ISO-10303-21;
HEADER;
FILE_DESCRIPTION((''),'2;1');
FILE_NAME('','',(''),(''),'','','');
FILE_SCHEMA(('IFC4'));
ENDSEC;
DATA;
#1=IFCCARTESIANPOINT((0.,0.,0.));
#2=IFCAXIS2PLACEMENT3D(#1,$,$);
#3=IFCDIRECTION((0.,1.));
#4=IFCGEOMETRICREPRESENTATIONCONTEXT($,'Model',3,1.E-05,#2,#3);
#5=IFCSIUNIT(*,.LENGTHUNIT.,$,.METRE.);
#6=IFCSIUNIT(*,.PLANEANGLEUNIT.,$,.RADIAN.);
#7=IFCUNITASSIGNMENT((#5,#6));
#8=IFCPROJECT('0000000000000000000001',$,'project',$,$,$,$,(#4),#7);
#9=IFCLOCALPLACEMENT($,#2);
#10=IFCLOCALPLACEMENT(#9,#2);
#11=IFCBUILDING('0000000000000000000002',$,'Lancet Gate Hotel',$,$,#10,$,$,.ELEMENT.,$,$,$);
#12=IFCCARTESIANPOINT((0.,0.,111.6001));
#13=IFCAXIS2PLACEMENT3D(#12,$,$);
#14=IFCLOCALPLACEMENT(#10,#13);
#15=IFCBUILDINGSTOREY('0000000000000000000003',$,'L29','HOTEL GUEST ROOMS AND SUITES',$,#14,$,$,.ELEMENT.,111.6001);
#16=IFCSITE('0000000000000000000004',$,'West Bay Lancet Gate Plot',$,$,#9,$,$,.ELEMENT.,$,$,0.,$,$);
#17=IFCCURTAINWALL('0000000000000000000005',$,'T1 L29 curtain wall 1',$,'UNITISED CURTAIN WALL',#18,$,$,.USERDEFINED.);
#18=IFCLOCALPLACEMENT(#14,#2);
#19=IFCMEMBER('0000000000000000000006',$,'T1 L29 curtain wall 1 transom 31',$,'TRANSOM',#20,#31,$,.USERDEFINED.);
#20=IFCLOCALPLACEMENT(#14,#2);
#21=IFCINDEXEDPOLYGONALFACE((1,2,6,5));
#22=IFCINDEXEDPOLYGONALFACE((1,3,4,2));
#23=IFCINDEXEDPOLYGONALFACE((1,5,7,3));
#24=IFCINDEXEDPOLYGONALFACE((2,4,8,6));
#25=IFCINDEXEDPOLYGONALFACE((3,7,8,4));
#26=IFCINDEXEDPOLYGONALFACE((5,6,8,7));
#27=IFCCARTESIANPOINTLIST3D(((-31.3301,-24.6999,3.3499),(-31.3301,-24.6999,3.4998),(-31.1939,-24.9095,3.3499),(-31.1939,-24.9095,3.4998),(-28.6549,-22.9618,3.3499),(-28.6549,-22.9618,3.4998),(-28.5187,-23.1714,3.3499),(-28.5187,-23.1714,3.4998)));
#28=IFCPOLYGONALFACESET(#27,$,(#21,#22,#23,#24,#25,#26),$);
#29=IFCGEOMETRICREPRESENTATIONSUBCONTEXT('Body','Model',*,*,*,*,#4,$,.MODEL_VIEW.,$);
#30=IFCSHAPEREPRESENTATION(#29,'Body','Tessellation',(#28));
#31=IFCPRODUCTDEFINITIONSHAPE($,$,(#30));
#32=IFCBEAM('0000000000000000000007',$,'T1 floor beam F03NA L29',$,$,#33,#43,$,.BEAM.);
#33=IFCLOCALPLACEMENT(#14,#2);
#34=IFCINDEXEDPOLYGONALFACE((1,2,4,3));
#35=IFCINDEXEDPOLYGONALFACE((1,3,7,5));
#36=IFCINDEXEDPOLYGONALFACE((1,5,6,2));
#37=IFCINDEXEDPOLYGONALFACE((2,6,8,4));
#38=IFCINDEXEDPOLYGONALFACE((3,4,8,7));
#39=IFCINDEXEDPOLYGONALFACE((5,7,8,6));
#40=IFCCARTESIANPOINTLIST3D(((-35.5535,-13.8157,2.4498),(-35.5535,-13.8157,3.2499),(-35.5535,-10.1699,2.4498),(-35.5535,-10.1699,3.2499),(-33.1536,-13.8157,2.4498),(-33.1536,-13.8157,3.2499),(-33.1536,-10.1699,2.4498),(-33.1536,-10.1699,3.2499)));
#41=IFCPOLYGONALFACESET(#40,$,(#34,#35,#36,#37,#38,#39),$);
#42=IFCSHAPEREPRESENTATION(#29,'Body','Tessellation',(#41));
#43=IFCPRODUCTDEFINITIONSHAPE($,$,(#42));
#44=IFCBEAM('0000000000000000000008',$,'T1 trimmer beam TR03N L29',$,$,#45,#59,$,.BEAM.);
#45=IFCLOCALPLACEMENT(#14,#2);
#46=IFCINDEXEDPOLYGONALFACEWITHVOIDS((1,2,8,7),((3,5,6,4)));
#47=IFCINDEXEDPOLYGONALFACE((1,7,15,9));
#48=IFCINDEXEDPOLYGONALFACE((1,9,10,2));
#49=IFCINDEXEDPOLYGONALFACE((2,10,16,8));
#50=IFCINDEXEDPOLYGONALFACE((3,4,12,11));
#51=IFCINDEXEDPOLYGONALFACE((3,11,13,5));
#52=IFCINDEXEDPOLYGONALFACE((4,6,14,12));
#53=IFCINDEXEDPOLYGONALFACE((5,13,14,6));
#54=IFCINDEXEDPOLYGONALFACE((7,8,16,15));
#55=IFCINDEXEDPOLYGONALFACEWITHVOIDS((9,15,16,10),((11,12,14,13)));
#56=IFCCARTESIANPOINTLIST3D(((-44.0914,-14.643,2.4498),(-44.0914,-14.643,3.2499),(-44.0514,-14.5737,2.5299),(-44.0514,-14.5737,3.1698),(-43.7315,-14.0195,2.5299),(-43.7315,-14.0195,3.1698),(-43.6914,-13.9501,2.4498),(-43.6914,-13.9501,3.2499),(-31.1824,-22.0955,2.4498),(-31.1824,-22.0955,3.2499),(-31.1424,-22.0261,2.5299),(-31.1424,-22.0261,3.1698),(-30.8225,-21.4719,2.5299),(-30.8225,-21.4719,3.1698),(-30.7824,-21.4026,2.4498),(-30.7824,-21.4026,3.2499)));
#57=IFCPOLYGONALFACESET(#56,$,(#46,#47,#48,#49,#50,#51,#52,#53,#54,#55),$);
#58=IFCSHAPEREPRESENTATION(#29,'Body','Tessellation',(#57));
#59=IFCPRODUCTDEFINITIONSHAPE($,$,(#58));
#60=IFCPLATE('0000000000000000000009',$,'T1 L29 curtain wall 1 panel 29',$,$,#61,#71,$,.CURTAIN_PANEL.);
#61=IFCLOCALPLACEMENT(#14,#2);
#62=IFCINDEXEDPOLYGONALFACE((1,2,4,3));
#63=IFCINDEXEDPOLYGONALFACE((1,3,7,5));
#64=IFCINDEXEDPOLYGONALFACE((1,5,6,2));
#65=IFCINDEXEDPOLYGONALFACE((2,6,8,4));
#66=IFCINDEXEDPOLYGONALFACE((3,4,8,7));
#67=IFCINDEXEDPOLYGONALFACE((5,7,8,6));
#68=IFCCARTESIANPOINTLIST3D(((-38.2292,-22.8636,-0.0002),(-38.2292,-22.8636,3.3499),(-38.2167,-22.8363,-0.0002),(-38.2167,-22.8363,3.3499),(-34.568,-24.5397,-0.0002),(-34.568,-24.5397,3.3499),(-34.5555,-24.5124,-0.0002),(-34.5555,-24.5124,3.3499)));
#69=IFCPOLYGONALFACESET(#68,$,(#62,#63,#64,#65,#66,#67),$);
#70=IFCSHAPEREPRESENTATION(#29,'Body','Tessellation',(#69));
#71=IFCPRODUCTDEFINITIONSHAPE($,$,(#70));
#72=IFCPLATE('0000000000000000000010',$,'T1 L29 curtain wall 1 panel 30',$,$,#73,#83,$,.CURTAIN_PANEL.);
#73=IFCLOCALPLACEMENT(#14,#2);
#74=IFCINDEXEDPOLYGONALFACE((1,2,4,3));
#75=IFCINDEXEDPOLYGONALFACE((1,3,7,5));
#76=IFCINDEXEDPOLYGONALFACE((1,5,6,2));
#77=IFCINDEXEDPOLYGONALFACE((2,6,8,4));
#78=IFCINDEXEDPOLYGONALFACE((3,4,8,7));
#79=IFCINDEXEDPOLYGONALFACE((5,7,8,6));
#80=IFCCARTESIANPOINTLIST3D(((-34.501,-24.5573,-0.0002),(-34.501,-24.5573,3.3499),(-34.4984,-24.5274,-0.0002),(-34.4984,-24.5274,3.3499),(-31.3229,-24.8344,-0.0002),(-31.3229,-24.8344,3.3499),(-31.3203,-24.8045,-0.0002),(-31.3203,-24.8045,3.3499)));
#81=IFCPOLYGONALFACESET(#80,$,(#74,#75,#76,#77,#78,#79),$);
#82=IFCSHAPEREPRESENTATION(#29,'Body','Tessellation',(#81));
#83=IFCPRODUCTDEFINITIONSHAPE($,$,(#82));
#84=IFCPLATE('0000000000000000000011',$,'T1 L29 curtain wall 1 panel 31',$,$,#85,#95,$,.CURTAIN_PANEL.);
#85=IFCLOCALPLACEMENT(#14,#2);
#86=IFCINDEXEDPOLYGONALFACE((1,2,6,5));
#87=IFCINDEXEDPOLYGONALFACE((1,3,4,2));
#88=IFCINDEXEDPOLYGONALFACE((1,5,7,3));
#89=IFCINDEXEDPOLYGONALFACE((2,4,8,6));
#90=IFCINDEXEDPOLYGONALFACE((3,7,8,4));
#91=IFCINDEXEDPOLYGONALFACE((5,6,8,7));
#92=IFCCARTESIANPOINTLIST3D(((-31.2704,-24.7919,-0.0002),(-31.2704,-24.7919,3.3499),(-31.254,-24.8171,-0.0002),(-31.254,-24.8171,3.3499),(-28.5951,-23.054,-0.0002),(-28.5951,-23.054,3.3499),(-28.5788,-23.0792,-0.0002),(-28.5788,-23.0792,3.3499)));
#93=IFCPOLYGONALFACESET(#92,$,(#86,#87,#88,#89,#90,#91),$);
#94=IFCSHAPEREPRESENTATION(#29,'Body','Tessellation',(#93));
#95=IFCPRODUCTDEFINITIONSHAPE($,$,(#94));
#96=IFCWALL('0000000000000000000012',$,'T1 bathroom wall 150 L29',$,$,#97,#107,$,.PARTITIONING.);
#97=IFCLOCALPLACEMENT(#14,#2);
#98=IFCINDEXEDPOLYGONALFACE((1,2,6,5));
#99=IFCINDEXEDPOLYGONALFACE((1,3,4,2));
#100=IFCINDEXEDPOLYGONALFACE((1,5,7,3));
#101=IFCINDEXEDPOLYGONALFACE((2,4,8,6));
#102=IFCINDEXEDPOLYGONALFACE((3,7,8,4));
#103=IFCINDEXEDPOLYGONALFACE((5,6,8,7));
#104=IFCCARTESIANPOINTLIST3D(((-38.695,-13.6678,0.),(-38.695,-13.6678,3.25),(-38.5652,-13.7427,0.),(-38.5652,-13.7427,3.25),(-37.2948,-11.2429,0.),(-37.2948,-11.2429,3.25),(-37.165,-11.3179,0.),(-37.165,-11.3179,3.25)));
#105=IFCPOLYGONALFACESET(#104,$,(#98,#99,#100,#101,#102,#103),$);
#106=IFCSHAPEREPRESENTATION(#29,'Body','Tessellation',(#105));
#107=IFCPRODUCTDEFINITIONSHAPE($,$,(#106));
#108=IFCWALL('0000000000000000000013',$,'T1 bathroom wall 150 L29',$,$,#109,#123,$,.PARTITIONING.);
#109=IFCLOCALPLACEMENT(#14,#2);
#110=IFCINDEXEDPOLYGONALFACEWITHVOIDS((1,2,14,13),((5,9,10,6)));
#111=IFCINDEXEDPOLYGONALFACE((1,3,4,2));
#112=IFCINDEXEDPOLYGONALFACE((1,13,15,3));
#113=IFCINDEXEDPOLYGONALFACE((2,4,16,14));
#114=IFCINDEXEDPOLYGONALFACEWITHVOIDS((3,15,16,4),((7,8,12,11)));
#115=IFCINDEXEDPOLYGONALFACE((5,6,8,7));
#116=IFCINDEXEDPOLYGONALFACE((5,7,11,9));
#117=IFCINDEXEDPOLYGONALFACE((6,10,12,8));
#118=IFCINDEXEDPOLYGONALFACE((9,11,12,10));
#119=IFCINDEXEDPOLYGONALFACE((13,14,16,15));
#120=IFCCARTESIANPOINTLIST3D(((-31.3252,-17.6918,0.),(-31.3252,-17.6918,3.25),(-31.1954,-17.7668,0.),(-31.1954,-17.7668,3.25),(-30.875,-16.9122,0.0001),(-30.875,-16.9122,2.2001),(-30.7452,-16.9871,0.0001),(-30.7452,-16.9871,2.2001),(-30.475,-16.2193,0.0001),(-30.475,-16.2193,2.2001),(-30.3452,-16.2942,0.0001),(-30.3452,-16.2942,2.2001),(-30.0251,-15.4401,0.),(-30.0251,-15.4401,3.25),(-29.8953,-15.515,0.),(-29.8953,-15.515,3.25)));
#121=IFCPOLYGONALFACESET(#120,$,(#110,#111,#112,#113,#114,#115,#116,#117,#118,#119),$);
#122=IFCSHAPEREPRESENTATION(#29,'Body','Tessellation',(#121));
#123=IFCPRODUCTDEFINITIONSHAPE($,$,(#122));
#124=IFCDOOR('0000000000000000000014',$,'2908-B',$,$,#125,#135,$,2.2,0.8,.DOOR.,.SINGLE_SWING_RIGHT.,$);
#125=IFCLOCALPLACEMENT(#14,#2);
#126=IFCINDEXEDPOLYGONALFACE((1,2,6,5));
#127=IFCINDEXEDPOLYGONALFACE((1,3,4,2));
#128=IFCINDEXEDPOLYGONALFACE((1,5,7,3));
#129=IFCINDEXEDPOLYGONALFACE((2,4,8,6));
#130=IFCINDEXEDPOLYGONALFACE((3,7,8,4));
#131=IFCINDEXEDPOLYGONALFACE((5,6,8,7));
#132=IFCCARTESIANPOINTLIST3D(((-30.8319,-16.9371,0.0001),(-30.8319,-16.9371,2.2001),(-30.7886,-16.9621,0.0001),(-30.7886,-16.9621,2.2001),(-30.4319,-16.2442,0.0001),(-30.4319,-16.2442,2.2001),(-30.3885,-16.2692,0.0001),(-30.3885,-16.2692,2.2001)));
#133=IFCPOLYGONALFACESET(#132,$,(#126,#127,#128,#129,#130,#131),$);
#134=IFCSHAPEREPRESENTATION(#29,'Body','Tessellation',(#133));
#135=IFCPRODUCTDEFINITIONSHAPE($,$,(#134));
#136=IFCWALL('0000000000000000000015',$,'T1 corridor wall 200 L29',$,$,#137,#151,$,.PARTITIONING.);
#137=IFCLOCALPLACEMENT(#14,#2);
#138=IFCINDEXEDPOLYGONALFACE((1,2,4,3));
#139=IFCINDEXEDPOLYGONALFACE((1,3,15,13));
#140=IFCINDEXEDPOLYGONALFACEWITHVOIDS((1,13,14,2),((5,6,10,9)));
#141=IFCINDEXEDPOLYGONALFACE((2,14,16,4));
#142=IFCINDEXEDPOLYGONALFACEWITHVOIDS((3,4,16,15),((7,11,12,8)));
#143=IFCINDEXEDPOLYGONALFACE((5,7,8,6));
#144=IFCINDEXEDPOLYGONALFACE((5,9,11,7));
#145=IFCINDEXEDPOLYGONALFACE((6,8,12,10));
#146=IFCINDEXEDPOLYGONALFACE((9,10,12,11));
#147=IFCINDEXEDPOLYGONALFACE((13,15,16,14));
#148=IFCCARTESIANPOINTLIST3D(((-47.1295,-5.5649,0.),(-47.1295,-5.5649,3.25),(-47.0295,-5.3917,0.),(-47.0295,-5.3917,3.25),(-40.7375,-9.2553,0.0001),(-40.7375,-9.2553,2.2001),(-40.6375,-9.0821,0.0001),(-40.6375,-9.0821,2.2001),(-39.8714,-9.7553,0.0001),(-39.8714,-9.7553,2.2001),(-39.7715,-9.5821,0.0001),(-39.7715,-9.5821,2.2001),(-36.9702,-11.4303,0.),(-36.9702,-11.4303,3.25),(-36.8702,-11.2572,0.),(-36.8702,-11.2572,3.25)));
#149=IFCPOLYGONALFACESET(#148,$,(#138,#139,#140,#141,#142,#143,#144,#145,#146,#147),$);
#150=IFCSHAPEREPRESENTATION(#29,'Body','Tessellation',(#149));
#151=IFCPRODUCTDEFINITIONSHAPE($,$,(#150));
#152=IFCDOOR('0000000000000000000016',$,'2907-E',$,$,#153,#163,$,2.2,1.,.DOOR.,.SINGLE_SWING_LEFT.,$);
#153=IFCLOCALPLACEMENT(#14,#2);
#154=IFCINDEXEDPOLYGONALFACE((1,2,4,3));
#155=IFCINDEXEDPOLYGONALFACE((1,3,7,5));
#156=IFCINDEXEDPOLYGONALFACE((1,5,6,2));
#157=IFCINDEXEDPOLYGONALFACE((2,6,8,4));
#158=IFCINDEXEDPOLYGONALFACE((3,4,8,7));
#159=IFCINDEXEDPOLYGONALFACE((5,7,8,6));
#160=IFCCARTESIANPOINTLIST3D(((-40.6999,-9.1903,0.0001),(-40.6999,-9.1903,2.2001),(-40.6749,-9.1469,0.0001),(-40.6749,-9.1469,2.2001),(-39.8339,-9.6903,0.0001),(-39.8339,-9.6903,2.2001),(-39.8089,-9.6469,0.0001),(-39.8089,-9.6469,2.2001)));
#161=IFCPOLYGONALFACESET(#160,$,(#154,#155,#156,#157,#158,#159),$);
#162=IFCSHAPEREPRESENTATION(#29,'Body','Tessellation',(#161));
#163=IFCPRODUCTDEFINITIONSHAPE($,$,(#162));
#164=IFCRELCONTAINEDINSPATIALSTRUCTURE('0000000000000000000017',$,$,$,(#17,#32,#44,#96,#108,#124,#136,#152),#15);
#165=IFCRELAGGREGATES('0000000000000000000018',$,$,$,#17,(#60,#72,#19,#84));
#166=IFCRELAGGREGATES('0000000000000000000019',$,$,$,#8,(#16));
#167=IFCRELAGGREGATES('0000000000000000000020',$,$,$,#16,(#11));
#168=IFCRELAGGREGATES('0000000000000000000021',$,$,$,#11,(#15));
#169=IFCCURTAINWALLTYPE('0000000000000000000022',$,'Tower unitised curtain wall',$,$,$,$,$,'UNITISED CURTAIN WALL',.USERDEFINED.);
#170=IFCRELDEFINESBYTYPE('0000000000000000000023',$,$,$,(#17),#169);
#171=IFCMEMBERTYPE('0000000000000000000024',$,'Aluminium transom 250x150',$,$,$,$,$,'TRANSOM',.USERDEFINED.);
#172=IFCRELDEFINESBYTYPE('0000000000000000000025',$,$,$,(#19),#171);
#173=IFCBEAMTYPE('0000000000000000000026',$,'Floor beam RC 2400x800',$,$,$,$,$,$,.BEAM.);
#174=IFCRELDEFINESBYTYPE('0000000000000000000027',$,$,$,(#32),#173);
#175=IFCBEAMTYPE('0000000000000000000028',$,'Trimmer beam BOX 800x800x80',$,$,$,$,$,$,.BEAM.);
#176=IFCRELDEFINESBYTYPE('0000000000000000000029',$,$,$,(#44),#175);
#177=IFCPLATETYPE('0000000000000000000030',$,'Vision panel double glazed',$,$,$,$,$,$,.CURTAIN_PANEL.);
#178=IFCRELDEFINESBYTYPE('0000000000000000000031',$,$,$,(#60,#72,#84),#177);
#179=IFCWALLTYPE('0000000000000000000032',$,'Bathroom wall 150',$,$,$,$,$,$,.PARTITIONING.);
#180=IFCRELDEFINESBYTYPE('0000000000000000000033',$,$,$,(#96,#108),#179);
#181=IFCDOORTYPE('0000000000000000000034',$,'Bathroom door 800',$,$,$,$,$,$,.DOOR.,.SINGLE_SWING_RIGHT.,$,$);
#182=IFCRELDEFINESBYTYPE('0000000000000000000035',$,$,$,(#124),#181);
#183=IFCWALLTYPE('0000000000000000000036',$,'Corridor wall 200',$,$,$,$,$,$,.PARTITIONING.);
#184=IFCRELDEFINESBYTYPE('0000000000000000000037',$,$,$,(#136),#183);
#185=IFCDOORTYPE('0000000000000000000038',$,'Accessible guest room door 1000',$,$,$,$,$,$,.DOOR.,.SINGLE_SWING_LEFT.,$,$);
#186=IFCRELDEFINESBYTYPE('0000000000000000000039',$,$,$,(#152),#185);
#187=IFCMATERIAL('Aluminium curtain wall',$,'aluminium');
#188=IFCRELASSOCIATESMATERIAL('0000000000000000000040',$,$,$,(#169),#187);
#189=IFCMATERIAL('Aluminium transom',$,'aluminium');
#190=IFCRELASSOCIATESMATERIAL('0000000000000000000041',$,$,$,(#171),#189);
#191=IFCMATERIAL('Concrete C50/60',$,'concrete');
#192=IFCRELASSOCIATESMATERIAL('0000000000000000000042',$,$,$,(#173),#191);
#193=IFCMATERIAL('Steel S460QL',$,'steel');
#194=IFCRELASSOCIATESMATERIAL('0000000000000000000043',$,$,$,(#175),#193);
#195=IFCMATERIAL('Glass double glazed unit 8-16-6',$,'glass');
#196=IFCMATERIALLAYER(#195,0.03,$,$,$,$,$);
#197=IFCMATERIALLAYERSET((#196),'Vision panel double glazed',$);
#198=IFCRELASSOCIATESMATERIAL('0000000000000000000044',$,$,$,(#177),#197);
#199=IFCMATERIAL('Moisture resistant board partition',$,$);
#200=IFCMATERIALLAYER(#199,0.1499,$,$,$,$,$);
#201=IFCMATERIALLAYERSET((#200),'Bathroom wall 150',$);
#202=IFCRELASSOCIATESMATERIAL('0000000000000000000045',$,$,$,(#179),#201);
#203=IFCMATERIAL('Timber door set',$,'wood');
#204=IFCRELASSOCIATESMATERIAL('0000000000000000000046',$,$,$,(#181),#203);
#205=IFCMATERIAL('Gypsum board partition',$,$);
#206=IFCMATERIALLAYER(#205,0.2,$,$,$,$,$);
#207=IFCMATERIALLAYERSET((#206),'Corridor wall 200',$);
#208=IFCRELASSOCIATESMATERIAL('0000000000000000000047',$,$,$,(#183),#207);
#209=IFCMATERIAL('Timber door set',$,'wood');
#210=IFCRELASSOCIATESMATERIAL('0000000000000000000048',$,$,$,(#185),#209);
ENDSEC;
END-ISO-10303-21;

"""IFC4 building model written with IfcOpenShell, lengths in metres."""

from ifc_helpers import new_model, si_unit, direction, frame, frame_2d, origin, origin_2d, place, context, subcontext, project, spatial, rectangle, hollow_rectangle, extrude, material, layer, layer_set, material_profile, profile_set, type_object, element, fill, aggregate, save


model = new_model("IFC4")

# Units and contexts
model_context = context("Model", 3, precision=1e-05, world=origin(), true_north=direction((0.0, 1.0)))
body_context = subcontext(model_context, "Body", "Model", "MODEL_VIEW")
ifc_project = project(units=[si_unit("LENGTHUNIT", "METRE"), si_unit("PLANEANGLEUNIT", "RADIAN")], contexts=[model_context])

# Site, building, storey
site_placement = place(None, origin())
site = spatial("IfcSite", under=ifc_project, at=site_placement, Name="West Bay Lancet Gate Plot", CompositionType="ELEMENT", RefElevation=0.0)
building_placement = place(site_placement, origin())
building = spatial("IfcBuilding", under=site, at=building_placement, Name="Lancet Gate Hotel", CompositionType="ELEMENT")
storey_placement = place(building_placement, frame((0.0, 0.0, 111.6001)))
storey = spatial("IfcBuildingStorey", under=building, at=storey_placement, Name="L29", Description="HOTEL GUEST ROOMS AND SUITES", CompositionType="ELEMENT", Elevation=111.6001)

# Curtain wall, member
ifc_material_1 = material(Name="Aluminium curtain wall", Category="aluminium")
curtain_wall_type = type_object("IfcCurtainWallType", Name="Tower unitised curtain wall", ElementType="UNITISED CURTAIN WALL", PredefinedType="USERDEFINED", material=ifc_material_1)
curtain_wall_placement = place(storey_placement, origin())
curtain_wall = element("IfcCurtainWall", 1, at=curtain_wall_placement, inside=storey, type_object=curtain_wall_type, Name="T1 L29 curtain wall 1", ObjectType="UNITISED CURTAIN WALL", PredefinedType="USERDEFINED")
ifc_material_2 = material(Name="Aluminium transom", Category="aluminium")
ifc_material_profile_1 = material_profile(ifc_material_2, rectangle(XDim=0.25, YDim=0.1499, at=origin_2d()), Name="TRANSOM 250x150")
ifc_profile_set_1 = profile_set([ifc_material_profile_1], Name="Aluminium transom")
member_type_1 = type_object("IfcMemberType", Name="Aluminium transom 250x150", ElementType="TRANSOM", PredefinedType="USERDEFINED", material=ifc_profile_set_1)
member_1_placement = place(storey_placement, frame((-31.262, -24.8047, 3.4248), z_axis=(0.83855, 0.544824, 0.0), x_axis=(-0.544824, 0.83855, 0.0)))
member_1 = element("IfcMember", 2, at=member_1_placement, type_object=member_type_1, Name="T1 L29 curtain wall 1 transom 31", ObjectType="TRANSOM", PredefinedType="USERDEFINED", context=body_context, shape_type="SweptSolid", body=[
    extrude(rectangle(XDim=0.25, YDim=0.1499, at=origin_2d()), origin(), (0.0, 0.0, 1.0), 3.1902),
])

# Beams
ifc_material_3 = material(Name="Concrete C50/60", Category="concrete")
ifc_material_profile_2 = material_profile(ifc_material_3, rectangle(XDim=2.3999, YDim=0.8, at=origin_2d()), Name="RC 2400x800")
ifc_profile_set_2 = profile_set([ifc_material_profile_2], Name="Concrete C50/60")
beam_type_1 = type_object("IfcBeamType", Name="Floor beam RC 2400x800", PredefinedType="BEAM", material=ifc_profile_set_2)
beam_1_placement = place(storey_placement, frame((-34.3535, -10.1699, 2.8499), z_axis=(0.0, -1.0, 0.0), x_axis=(1.0, 0.0, 0.0)))
element("IfcBeam", 3, at=beam_1_placement, inside=storey, type_object=beam_type_1, Name="T1 floor beam F03NA L29", PredefinedType="BEAM", context=body_context, shape_type="SweptSolid", body=[
    extrude(rectangle(XDim=2.3999, YDim=0.8, at=origin_2d()), origin(), (0.0, 0.0, 1.0), 3.6458),
])
ifc_material_4 = material(Name="Steel S460QL", Category="steel")
ifc_material_profile_3 = material_profile(ifc_material_4, hollow_rectangle(XDim=0.8, YDim=0.8, WallThickness=0.0801, at=origin_2d()), Name="BOX 800x800x80")
ifc_profile_set_3 = profile_set([ifc_material_profile_3], Name="Steel S460QL")
beam_type_2 = type_object("IfcBeamType", Name="Trimmer beam BOX 800x800x80", PredefinedType="BEAM", material=ifc_profile_set_3)
beam_2_placement = place(storey_placement, frame((-30.9824, -21.749, 2.8499), z_axis=(-0.866042, 0.499971, 0.0), x_axis=(-0.499971, -0.866042, 0.0)))
element("IfcBeam", 4, at=beam_2_placement, inside=storey, type_object=beam_type_2, Name="T1 trimmer beam TR03N L29", PredefinedType="BEAM", context=body_context, shape_type="SweptSolid", body=[
    extrude(hollow_rectangle(XDim=0.8, YDim=0.8, WallThickness=0.0801, at=origin_2d()), origin(), (0.0, 0.0, 1.0), 14.9058),
])

# Plates
ifc_material_5 = material(Name="Glass double glazed unit 8-16-6", Category="glass")
ifc_layer_1 = layer(ifc_material_5, 0.03)
ifc_layer_set_1 = layer_set([ifc_layer_1], Name="Vision panel double glazed")
plate_type = type_object("IfcPlateType", Name="Vision panel double glazed", PredefinedType="CURTAIN_PANEL", material=ifc_layer_set_1)
plate_1_placement = place(storey_placement, frame((-36.3923, -23.688, -0.0002), z_axis=(0.0, 0.0, 1.0), x_axis=(0.909253, -0.416245, 0.0)))
plate_1 = element("IfcPlate", 5, at=plate_1_placement, type_object=plate_type, Name="T1 L29 curtain wall 1 panel 29", PredefinedType="CURTAIN_PANEL", context=body_context, shape_type="SweptSolid", body=[
    extrude(rectangle(XDim=4.0266, YDim=0.03, at=origin_2d()), origin(), (0.0, 0.0, 1.0), 3.3501),
])
plate_2_placement = place(storey_placement, frame((-32.9106, -24.6809, -0.0002), z_axis=(0.0, 0.0, 1.0), x_axis=(0.996219, -0.08688, 0.0)))
plate_2 = element("IfcPlate", 6, at=plate_2_placement, type_object=plate_type, Name="T1 L29 curtain wall 1 panel 30", PredefinedType="CURTAIN_PANEL", context=body_context, shape_type="SweptSolid", body=[
    extrude(rectangle(XDim=3.1902, YDim=0.03, at=origin_2d()), origin(), (0.0, 0.0, 1.0), 3.3501),
])
plate_3_placement = place(storey_placement, frame((-29.9246, -23.9355, -0.0002), z_axis=(0.0, 0.0, 1.0), x_axis=(0.83858, 0.544778, 0.0)))
plate_3 = element("IfcPlate", 7, at=plate_3_placement, type_object=plate_type, Name="T1 L29 curtain wall 1 panel 31", PredefinedType="CURTAIN_PANEL", context=body_context, shape_type="SweptSolid", body=[
    extrude(rectangle(XDim=3.1902, YDim=0.03, at=origin_2d()), origin(), (0.0, 0.0, 1.0), 3.3501),
])
aggregate(curtain_wall, [plate_1, plate_2, member_1, plate_3])

# Wall
ifc_material_6 = material(Name="Moisture resistant board partition")
ifc_layer_2 = layer(ifc_material_6, 0.1499)
ifc_layer_set_2 = layer_set([ifc_layer_2], Name="Bathroom wall 150")
wall_type_1 = type_object("IfcWallType", Name="Bathroom wall 150", PredefinedType="PARTITIONING", material=ifc_layer_set_2)
wall_1_placement = place(storey_placement, frame((-37.23, -11.2805, 0.0), z_axis=(0.0, 0.0, 1.0), x_axis=(-0.50005, -0.865997, 0.0)))
element("IfcWall", 8, at=wall_1_placement, inside=storey, type_object=wall_type_1, Name="T1 bathroom wall 150 L29", PredefinedType="PARTITIONING", context=body_context, shape_type="SweptSolid", body=[
    extrude(rectangle(XDim=2.8, YDim=0.1499, at=frame_2d((1.3999, 0.0))), origin(), (0.0, 0.0, 1.0), 3.25),
])

# Walls, openings, doors
wall_2_placement = place(storey_placement, frame((-29.9602, -15.4775, 0.0), z_axis=(0.0, 0.0, 1.0), x_axis=(-0.500007, -0.866021, 0.0)))
wall_2 = element("IfcWall", 9, at=wall_2_placement, inside=storey, type_object=wall_type_1, Name="T1 bathroom wall 150 L29", PredefinedType="PARTITIONING", context=body_context, shape_type="SweptSolid", body=[
    extrude(rectangle(XDim=2.6001, YDim=0.1499, at=frame_2d((1.3, 0.0))), origin(), (0.0, 0.0, 1.0), 3.25),
])
opening_1_placement = place(wall_2_placement, frame((0.8999, 0.0, 0.0)))
opening_1 = element("IfcOpeningElement", 10, at=opening_1_placement, cuts=wall_2, PredefinedType="OPENING", context=body_context, shape_type="SweptSolid", body=[
    extrude(rectangle(XDim=0.8, YDim=2.2, at=frame_2d((0.3999, 1.1001))), frame((0.0, 0.085, 0.0), z_axis=(0.0, -1.0, 0.0), x_axis=(1.0, 0.0, 0.0)), (0.0, 0.0, 1.0), 0.1699),
])
ifc_material_7 = material(Name="Timber door set", Category="wood")
door_type_1 = type_object("IfcDoorType", Name="Bathroom door 800", OperationType="SINGLE_SWING_RIGHT", PredefinedType="DOOR", material=ifc_material_7)
door_1_placement = place(opening_1_placement, origin())
door_1 = element("IfcDoor", 11, at=door_1_placement, inside=storey, type_object=door_type_1, Name="2908-B", OperationType="SINGLE_SWING_RIGHT", OverallHeight=2.2, OverallWidth=0.8, PredefinedType="DOOR", context=body_context, shape_type="SweptSolid", body=[
    extrude(rectangle(XDim=0.8, YDim=2.2, at=frame_2d((0.3999, 1.1001))), frame((0.0, 0.0249, 0.0), z_axis=(0.0, -1.0, 0.0), x_axis=(1.0, 0.0, 0.0)), (0.0, 0.0, 1.0), 0.05),
])
fill(opening_1, door_1)
ifc_material_8 = material(Name="Gypsum board partition")
ifc_layer_3 = layer(ifc_material_8, 0.2)
ifc_layer_set_3 = layer_set([ifc_layer_3], Name="Corridor wall 200")
wall_type_2 = type_object("IfcWallType", Name="Corridor wall 200", PredefinedType="PARTITIONING", material=ifc_layer_set_3)
wall_3_placement = place(storey_placement, frame((-36.9202, -11.3438, 0.0), z_axis=(0.0, 0.0, 1.0), x_axis=(-0.866028, 0.499996, 0.0)))
wall_3 = element("IfcWall", 12, at=wall_3_placement, inside=storey, type_object=wall_type_2, Name="T1 corridor wall 200 L29", PredefinedType="PARTITIONING", context=body_context, shape_type="SweptSolid", body=[
    extrude(rectangle(XDim=11.731, YDim=0.2, at=frame_2d((5.8655, 0.0))), origin(), (0.0, 0.0, 1.0), 3.25),
])
opening_2_placement = place(wall_3_placement, frame((3.3501, 0.0, 0.0)))
opening_2 = element("IfcOpeningElement", 13, at=opening_2_placement, cuts=wall_3, PredefinedType="OPENING", context=body_context, shape_type="SweptSolid", body=[
    extrude(rectangle(XDim=1.0, YDim=2.2, at=frame_2d((0.5, 1.1001))), frame((0.0, 0.1099, 0.0), z_axis=(0.0, -1.0, 0.0), x_axis=(1.0, 0.0, 0.0)), (0.0, 0.0, 1.0), 0.22),
])
ifc_material_9 = material(Name="Timber door set", Category="wood")
door_type_2 = type_object("IfcDoorType", Name="Accessible guest room door 1000", OperationType="SINGLE_SWING_LEFT", PredefinedType="DOOR", material=ifc_material_9)
door_2_placement = place(opening_2_placement, origin())
door_2 = element("IfcDoor", 14, at=door_2_placement, inside=storey, type_object=door_type_2, Name="2907-E", OperationType="SINGLE_SWING_LEFT", OverallHeight=2.2, OverallWidth=1.0, PredefinedType="DOOR", context=body_context, shape_type="SweptSolid", body=[
    extrude(rectangle(XDim=1.0, YDim=2.2, at=frame_2d((0.5, 1.1001))), frame((0.0, 0.0249, 0.0), z_axis=(0.0, -1.0, 0.0), x_axis=(1.0, 0.0, 0.0)), (0.0, 0.0, 1.0), 0.05),
])
fill(opening_2, door_2)

save(model, "model.ifc")
